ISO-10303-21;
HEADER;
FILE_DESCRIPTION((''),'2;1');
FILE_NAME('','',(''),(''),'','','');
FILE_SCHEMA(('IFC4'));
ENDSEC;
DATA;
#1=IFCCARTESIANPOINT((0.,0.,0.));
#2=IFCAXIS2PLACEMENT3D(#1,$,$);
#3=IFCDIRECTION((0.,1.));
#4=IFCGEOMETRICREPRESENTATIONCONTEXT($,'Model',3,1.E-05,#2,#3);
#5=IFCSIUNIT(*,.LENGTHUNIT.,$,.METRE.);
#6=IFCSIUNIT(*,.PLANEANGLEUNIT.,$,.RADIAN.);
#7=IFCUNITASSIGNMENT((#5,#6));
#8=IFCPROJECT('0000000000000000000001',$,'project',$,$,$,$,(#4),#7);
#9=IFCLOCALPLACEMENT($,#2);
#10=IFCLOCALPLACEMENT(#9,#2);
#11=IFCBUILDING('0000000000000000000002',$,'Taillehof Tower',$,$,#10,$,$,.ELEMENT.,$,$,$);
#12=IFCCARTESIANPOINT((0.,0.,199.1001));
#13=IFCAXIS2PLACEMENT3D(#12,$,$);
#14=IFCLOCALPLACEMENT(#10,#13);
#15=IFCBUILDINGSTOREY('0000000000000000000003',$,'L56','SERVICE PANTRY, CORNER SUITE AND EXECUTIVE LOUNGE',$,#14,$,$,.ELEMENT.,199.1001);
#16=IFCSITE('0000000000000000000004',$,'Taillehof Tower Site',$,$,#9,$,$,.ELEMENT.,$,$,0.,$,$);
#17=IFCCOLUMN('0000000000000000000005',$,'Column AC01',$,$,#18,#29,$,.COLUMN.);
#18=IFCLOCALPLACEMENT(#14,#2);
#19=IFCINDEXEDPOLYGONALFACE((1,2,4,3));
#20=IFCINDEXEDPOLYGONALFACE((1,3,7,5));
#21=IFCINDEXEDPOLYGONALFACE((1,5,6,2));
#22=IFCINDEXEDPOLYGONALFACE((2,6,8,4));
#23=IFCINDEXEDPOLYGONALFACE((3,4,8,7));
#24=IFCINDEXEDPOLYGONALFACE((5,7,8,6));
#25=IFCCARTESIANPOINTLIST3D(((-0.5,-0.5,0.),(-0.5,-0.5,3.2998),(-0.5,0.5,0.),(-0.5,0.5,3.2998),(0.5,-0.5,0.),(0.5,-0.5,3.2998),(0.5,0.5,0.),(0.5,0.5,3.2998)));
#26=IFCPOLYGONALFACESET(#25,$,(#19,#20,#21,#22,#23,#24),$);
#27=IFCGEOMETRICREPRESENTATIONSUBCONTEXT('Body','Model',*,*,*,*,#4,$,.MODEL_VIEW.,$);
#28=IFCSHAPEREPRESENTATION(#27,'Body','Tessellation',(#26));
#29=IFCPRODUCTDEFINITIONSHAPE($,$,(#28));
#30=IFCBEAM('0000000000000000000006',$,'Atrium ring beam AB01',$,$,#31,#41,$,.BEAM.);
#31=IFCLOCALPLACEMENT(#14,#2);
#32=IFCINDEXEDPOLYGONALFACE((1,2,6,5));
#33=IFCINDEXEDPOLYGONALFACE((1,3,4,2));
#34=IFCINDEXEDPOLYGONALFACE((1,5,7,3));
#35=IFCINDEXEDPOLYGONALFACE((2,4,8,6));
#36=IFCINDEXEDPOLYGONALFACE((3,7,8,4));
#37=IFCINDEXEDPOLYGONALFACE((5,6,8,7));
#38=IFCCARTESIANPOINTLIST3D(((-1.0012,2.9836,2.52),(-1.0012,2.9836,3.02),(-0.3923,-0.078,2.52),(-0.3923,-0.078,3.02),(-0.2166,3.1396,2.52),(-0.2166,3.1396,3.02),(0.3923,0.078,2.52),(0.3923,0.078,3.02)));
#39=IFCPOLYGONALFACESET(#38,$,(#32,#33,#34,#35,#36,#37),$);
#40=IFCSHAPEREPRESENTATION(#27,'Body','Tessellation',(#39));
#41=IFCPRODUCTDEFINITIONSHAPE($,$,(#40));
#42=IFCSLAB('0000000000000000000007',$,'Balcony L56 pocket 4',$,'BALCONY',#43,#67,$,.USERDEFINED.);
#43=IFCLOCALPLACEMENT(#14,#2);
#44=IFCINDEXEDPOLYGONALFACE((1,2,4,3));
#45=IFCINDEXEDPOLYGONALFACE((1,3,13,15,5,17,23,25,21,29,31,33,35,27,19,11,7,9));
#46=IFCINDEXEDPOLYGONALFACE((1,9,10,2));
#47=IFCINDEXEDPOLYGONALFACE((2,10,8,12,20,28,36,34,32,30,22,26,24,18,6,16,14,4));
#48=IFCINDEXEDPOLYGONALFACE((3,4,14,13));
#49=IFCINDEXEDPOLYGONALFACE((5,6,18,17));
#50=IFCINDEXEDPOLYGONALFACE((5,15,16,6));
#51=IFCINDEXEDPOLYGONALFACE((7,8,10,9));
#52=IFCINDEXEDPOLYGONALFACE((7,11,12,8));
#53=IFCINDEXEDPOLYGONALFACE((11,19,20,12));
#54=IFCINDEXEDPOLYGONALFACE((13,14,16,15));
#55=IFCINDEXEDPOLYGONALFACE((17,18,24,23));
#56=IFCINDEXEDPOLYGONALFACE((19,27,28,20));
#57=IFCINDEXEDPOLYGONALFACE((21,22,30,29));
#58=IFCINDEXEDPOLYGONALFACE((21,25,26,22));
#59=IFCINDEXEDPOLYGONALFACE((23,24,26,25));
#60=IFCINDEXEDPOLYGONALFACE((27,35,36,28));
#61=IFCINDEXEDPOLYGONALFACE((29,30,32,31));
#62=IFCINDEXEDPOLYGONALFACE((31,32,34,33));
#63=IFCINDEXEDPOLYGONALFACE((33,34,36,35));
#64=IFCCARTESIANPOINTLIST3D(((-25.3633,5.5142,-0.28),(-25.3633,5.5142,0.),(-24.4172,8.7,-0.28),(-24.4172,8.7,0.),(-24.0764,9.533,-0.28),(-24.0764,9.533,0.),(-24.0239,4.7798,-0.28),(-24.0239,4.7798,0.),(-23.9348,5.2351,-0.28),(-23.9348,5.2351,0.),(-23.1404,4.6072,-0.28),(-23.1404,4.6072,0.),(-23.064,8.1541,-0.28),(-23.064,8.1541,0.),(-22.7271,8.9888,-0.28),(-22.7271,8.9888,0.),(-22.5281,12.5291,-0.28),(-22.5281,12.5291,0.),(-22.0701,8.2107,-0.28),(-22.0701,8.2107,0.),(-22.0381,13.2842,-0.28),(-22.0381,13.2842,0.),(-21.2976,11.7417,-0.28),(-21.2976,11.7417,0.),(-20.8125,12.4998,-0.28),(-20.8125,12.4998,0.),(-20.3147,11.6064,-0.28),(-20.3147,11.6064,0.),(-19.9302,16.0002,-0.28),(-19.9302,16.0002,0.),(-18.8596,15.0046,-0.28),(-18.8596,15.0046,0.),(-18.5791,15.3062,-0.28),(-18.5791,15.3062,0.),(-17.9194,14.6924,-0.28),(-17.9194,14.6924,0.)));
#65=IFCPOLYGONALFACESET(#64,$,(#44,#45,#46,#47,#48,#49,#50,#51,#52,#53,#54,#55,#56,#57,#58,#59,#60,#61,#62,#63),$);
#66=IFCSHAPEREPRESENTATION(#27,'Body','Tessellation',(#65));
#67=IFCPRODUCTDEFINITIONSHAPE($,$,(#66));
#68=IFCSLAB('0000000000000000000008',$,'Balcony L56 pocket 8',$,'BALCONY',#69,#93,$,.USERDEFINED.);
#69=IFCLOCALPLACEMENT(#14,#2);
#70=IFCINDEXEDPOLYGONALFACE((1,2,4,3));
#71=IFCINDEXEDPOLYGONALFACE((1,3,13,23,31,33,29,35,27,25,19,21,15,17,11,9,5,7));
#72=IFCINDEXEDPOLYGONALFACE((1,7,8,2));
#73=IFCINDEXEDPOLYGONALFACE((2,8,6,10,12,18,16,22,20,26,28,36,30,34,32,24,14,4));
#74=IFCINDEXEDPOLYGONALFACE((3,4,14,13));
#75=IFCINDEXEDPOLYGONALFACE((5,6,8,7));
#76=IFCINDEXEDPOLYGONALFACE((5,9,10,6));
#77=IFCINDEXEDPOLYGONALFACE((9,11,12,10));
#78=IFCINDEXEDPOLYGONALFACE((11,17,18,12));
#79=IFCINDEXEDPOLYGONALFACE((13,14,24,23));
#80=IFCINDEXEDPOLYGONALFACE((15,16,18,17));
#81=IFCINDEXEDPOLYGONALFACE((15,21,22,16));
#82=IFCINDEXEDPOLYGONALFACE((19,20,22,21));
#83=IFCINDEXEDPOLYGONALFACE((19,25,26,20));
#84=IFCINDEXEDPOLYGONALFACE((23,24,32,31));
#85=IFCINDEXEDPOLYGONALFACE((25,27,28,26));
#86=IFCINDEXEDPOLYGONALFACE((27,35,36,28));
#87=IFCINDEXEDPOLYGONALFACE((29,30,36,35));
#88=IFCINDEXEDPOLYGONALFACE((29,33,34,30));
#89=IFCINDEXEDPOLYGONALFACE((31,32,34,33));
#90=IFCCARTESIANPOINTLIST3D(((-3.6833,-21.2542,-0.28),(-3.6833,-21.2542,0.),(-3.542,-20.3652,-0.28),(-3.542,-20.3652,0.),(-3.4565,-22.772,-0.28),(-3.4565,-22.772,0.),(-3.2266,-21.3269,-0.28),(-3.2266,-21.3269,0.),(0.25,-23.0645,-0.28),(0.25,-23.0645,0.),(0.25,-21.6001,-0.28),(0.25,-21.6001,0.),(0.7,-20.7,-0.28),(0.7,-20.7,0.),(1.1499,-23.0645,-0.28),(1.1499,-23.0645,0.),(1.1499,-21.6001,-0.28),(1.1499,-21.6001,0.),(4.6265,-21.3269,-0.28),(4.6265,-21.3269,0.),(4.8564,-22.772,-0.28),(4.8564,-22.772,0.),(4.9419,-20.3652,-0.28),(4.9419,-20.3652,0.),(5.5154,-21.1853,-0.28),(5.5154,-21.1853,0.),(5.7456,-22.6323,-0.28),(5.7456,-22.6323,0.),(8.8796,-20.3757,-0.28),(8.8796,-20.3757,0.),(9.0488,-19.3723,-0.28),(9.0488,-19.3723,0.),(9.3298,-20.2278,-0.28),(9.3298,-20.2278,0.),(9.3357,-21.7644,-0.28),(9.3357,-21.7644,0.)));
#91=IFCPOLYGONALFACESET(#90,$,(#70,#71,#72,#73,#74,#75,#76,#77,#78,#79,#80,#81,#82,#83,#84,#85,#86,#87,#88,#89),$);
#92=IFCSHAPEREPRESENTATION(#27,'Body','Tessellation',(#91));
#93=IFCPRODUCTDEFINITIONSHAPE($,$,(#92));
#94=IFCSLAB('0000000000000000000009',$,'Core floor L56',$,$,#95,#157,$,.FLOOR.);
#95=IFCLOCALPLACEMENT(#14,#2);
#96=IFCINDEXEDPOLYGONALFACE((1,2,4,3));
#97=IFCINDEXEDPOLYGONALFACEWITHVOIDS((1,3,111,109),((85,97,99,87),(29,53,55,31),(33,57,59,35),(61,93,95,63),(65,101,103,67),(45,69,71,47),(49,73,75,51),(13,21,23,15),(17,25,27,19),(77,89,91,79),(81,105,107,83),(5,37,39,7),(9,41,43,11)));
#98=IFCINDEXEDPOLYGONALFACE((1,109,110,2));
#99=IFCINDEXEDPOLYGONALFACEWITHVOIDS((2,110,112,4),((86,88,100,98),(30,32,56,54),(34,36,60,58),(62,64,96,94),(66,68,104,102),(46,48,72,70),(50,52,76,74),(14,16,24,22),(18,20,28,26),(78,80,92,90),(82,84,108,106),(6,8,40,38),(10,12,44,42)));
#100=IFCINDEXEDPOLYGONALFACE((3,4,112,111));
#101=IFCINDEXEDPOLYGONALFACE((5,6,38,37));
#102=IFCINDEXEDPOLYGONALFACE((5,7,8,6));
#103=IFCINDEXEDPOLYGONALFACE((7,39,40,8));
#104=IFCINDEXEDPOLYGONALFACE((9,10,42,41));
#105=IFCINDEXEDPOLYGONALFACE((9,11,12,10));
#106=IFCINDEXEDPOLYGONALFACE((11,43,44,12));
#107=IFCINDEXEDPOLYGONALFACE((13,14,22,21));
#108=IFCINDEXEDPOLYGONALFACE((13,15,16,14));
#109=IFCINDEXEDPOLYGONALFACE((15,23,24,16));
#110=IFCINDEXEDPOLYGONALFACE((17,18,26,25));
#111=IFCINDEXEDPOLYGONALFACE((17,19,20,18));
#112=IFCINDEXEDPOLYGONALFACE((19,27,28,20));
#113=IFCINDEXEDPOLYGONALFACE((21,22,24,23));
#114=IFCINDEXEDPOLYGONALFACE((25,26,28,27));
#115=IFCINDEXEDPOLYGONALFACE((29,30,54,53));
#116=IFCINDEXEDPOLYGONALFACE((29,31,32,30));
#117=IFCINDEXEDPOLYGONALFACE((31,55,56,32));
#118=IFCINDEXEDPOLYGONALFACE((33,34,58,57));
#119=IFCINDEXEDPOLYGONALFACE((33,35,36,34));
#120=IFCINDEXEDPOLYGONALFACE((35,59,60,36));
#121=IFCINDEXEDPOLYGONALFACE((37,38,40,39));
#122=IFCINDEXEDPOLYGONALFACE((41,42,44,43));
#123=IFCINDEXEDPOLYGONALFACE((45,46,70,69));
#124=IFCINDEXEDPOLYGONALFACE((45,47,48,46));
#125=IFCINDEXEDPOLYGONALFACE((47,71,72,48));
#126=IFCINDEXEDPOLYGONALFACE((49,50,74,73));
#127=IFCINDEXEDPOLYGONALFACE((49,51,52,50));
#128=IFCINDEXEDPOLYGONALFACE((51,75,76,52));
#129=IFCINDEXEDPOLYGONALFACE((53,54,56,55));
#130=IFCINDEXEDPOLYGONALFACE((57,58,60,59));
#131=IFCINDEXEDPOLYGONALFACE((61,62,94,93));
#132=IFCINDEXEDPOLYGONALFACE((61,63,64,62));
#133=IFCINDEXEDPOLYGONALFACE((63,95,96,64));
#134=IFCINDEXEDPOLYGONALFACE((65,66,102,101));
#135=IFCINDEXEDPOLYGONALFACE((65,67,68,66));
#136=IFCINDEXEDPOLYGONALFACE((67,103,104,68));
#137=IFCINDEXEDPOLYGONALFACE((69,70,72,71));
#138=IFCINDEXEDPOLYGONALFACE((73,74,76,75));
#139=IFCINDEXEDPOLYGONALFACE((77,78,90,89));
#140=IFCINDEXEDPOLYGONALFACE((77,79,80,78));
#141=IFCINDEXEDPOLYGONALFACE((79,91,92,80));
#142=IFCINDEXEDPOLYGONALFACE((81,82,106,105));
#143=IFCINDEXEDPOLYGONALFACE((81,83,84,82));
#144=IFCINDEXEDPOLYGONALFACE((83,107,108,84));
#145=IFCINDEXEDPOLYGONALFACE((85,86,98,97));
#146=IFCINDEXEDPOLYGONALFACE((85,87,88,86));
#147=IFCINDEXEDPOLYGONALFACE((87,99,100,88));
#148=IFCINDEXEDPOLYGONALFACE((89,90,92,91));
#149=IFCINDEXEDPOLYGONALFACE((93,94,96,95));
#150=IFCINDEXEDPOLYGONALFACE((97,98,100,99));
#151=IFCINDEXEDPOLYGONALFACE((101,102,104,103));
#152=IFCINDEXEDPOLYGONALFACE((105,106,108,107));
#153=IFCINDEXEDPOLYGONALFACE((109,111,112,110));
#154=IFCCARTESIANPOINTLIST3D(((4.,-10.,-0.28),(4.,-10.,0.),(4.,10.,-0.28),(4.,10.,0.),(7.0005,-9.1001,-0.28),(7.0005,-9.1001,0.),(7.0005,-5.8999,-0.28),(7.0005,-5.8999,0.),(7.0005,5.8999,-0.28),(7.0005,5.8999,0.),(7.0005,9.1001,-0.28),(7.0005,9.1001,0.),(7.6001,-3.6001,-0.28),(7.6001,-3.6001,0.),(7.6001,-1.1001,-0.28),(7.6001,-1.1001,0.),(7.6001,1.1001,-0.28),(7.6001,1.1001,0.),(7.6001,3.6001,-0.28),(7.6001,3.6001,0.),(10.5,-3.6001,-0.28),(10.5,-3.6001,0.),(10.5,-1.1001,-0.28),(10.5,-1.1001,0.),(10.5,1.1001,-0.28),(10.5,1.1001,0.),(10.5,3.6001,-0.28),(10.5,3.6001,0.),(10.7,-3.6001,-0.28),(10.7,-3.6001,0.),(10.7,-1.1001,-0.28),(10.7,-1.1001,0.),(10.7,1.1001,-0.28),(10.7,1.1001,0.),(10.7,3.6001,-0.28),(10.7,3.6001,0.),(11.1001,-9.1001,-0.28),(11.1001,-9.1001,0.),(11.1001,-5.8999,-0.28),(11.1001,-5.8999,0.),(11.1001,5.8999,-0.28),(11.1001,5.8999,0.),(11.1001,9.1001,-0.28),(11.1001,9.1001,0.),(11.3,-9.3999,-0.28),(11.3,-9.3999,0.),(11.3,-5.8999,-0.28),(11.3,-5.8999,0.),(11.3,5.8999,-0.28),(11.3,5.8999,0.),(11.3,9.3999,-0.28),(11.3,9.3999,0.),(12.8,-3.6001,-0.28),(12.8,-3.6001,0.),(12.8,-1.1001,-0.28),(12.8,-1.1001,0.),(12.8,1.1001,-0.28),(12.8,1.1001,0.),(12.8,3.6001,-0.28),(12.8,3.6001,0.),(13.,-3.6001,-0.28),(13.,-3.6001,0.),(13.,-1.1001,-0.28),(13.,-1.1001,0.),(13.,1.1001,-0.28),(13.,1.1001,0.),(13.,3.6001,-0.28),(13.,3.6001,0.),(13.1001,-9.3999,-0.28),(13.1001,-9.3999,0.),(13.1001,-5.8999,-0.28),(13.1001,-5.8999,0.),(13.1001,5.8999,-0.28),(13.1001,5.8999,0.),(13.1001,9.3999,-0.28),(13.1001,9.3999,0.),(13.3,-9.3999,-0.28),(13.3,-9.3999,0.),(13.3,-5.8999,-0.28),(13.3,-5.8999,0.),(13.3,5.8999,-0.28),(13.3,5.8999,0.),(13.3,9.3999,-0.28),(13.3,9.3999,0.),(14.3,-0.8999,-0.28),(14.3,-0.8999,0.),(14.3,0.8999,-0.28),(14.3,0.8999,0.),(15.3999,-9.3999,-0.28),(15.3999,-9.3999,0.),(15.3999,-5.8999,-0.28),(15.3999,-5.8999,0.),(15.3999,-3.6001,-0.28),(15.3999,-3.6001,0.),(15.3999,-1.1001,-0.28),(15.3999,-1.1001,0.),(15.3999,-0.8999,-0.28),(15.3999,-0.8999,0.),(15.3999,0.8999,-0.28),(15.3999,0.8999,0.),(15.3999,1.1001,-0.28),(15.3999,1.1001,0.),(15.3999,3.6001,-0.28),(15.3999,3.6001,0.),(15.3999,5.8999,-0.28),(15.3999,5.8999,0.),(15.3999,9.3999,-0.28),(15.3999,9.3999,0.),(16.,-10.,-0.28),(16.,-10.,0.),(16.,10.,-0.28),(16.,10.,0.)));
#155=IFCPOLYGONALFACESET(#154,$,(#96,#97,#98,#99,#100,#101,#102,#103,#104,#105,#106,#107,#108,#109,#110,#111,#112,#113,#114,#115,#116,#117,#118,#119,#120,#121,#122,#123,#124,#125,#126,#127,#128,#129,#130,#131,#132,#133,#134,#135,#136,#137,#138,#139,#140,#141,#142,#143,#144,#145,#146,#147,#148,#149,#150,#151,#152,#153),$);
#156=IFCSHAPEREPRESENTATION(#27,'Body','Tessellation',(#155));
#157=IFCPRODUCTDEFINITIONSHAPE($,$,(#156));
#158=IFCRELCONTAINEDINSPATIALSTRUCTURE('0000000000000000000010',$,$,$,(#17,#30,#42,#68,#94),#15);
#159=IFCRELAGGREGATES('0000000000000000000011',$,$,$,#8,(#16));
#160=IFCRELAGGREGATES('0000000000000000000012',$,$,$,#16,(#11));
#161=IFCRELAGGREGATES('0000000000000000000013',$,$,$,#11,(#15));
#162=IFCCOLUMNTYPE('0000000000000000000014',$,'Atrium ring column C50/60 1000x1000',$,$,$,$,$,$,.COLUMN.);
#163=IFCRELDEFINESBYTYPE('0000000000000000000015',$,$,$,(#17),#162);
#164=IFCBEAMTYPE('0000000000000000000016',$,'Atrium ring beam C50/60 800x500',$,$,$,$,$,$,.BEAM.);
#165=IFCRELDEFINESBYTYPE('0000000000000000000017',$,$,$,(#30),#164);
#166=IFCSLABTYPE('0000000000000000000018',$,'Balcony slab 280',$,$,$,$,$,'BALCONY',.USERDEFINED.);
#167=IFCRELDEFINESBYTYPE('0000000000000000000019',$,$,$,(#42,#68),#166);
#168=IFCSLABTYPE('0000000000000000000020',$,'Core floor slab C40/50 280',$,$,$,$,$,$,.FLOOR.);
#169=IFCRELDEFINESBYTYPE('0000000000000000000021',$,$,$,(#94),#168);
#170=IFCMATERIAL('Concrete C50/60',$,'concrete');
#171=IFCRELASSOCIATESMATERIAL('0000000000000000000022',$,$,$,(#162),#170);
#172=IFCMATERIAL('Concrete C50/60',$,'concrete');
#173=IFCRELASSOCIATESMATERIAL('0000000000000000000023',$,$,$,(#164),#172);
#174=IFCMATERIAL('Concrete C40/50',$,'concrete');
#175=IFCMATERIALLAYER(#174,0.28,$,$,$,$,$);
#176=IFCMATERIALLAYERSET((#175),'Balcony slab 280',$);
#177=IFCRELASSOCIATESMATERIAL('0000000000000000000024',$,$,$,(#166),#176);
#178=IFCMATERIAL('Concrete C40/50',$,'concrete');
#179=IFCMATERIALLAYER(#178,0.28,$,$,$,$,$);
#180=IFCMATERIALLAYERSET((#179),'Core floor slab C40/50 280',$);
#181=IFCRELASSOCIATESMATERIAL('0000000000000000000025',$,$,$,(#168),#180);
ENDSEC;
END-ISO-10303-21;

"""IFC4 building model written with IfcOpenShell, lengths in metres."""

from ifc_helpers import new_model, si_unit, direction, frame, origin, origin_with_axes, origin_2d, place, context, subcontext, project, spatial, polyline, rectangle, outline, extrude, material, layer, layer_set, material_profile, profile_set, type_object, element, save


model = new_model("IFC4")

# Units and contexts
model_context = context("Model", 3, precision=1e-05, world=origin(), true_north=direction((0.0, 1.0)))
body_context = subcontext(model_context, "Body", "Model", "MODEL_VIEW")
ifc_project = project(units=[si_unit("LENGTHUNIT", "METRE"), si_unit("PLANEANGLEUNIT", "RADIAN")], contexts=[model_context])

# Site, building, storey
site_placement = place(None, origin())
site = spatial("IfcSite", under=ifc_project, at=site_placement, Name="Taillehof Tower Site", CompositionType="ELEMENT", RefElevation=0.0)
building_placement = place(site_placement, origin())
building = spatial("IfcBuilding", under=site, at=building_placement, Name="Taillehof Tower", CompositionType="ELEMENT")
storey_placement = place(building_placement, frame((0.0, 0.0, 199.1001)))
storey = spatial("IfcBuildingStorey", under=building, at=storey_placement, Name="L56", Description="SERVICE PANTRY, CORNER SUITE AND EXECUTIVE LOUNGE", CompositionType="ELEMENT", Elevation=199.1001)

# Column
ifc_material_1 = material(Name="Concrete C50/60", Category="concrete")
ifc_material_profile_1 = material_profile(ifc_material_1, rectangle(XDim=1.0, YDim=1.0, at=origin_2d()), Name="RC 1000x1000")
ifc_profile_set_1 = profile_set([ifc_material_profile_1], Name="Concrete C50/60")
column_type = type_object("IfcColumnType", Name="Atrium ring column C50/60 1000x1000", PredefinedType="COLUMN", material=ifc_profile_set_1)
column_placement = place(storey_placement, origin_with_axes())
element("IfcColumn", 1, at=column_placement, inside=storey, type_object=column_type, Name="Column AC01", PredefinedType="COLUMN", context=body_context, shape_type="SweptSolid", body=[
    extrude(rectangle(XDim=1.0, YDim=1.0, at=origin_2d()), origin(), (0.0, 0.0, 1.0), 3.2998),
])

# Beam
ifc_material_2 = material(Name="Concrete C50/60", Category="concrete")
ifc_material_profile_2 = material_profile(ifc_material_2, rectangle(XDim=0.8, YDim=0.5, at=origin_2d()), Name="RC 800x500")
ifc_profile_set_2 = profile_set([ifc_material_profile_2], Name="Concrete C50/60")
beam_type = type_object("IfcBeamType", Name="Atrium ring beam C50/60 800x500", PredefinedType="BEAM", material=ifc_profile_set_2)
beam_placement = place(storey_placement, frame((0.0, 0.0, 2.77), z_axis=(-0.195063, 0.980791, 0.0), x_axis=(-0.980791, -0.195063, 0.0)))
element("IfcBeam", 2, at=beam_placement, inside=storey, type_object=beam_type, Name="Atrium ring beam AB01", PredefinedType="BEAM", context=body_context, shape_type="SweptSolid", body=[
    extrude(rectangle(XDim=0.8, YDim=0.5, at=origin_2d()), origin(), (0.0, 0.0, 1.0), 3.1216),
])

# Slabs
ifc_material_3 = material(Name="Concrete C40/50", Category="concrete")
ifc_layer_1 = layer(ifc_material_3, 0.28)
ifc_layer_set_1 = layer_set([ifc_layer_1], Name="Balcony slab 280")
slab_type_1 = type_object("IfcSlabType", Name="Balcony slab 280", ElementType="BALCONY", PredefinedType="USERDEFINED", material=ifc_layer_set_1)
slab_1_placement = place(storey_placement, frame((0.0, 0.0, -0.28)))
element("IfcSlab", 3, at=slab_1_placement, inside=storey, type_object=slab_type_1, Name="Balcony L56 pocket 4", ObjectType="BALCONY", PredefinedType="USERDEFINED", context=body_context, shape_type="SweptSolid", body=[
    extrude(outline(polyline([(-23.1404, 4.6072), (-24.0239, 4.7798), (-23.9348, 5.2351), (-25.3633, 5.5142), (-24.4172, 8.7), (-23.064, 8.1541), (-22.7271, 8.9888), (-24.0764, 9.533), (-22.5281, 12.5291), (-21.2976, 11.7417), (-20.8125, 12.4998), (-22.0381, 13.2842), (-19.9302, 16.0002), (-18.8596, 15.0046), (-18.5791, 15.3062), (-17.9194, 14.6924), (-20.3147, 11.6064), (-22.0701, 8.2107), (-23.1404, 4.6072)])), origin(), (0.0, 0.0, 1.0), 0.28),
])
slab_2_placement = place(storey_placement, frame((0.0, 0.0, -0.28)))
element("IfcSlab", 4, at=slab_2_placement, inside=storey, type_object=slab_type_1, Name="Balcony L56 pocket 8", ObjectType="BALCONY", PredefinedType="USERDEFINED", context=body_context, shape_type="SweptSolid", body=[
    extrude(outline(polyline([(9.0488, -19.3723), (9.3298, -20.2278), (8.8796, -20.3757), (9.3357, -21.7644), (5.7456, -22.6323), (5.5154, -21.1853), (4.6265, -21.3269), (4.8564, -22.772), (1.1499, -23.0645), (1.1499, -21.6001), (0.25, -21.6001), (0.25, -23.0645), (-3.4565, -22.772), (-3.2266, -21.3269), (-3.6833, -21.2542), (-3.542, -20.3652), (0.7, -20.7), (4.9419, -20.3652), (9.0488, -19.3723)])), origin(), (0.0, 0.0, 1.0), 0.28),
])
ifc_material_4 = material(Name="Concrete C40/50", Category="concrete")
ifc_layer_2 = layer(ifc_material_4, 0.28)
ifc_layer_set_2 = layer_set([ifc_layer_2], Name="Core floor slab C40/50 280")
slab_type_2 = type_object("IfcSlabType", Name="Core floor slab C40/50 280", PredefinedType="FLOOR", material=ifc_layer_set_2)
slab_3_placement = place(storey_placement, frame((0.0, 0.0, -0.28)))
element("IfcSlab", 5, at=slab_3_placement, inside=storey, type_object=slab_type_2, Name="Core floor L56", PredefinedType="FLOOR", context=body_context, shape_type="SweptSolid", body=[
    extrude(outline(polyline([(4.0, -10.0), (4.0, 10.0), (16.0, 10.0), (16.0, -10.0), (4.0, -10.0)]), holes=[polyline([(11.1001, -9.1001), (11.1001, -5.8999), (7.0005, -5.8999), (7.0005, -9.1001), (11.1001, -9.1001)]), polyline([(10.5, -3.6001), (10.5, -1.1001), (7.6001, -1.1001), (7.6001, -3.6001), (10.5, -3.6001)]), polyline([(12.8, -3.6001), (12.8, -1.1001), (10.7, -1.1001), (10.7, -3.6001), (12.8, -3.6001)]), polyline([(10.5, 3.6001), (7.6001, 3.6001), (7.6001, 1.1001), (10.5, 1.1001), (10.5, 3.6001)]), polyline([(12.8, 1.1001), (12.8, 3.6001), (10.7, 3.6001), (10.7, 1.1001), (12.8, 1.1001)]), polyline([(11.1001, 5.8999), (11.1001, 9.1001), (7.0005, 9.1001), (7.0005, 5.8999), (11.1001, 5.8999)]), polyline([(13.1001, 9.3999), (11.3, 9.3999), (11.3, 5.8999), (13.1001, 5.8999), (13.1001, 9.3999)]), polyline([(13.1001, -9.3999), (13.1001, -5.8999), (11.3, -5.8999), (11.3, -9.3999), (13.1001, -9.3999)]), polyline([(15.3999, -9.3999), (15.3999, -5.8999), (13.3, -5.8999), (13.3, -9.3999), (15.3999, -9.3999)]), polyline([(15.3999, -3.6001), (15.3999, -1.1001), (13.0, -1.1001), (13.0, -3.6001), (15.3999, -3.6001)]), polyline([(15.3999, -0.8999), (15.3999, 0.8999), (14.3, 0.8999), (14.3, -0.8999), (15.3999, -0.8999)]), polyline([(15.3999, 1.1001), (15.3999, 3.6001), (13.0, 3.6001), (13.0, 1.1001), (15.3999, 1.1001)]), polyline([(15.3999, 5.8999), (15.3999, 9.3999), (13.3, 9.3999), (13.3, 5.8999), (15.3999, 5.8999)])]), origin(), (0.0, 0.0, 1.0), 0.28),
])

save(model, "model.ifc")
